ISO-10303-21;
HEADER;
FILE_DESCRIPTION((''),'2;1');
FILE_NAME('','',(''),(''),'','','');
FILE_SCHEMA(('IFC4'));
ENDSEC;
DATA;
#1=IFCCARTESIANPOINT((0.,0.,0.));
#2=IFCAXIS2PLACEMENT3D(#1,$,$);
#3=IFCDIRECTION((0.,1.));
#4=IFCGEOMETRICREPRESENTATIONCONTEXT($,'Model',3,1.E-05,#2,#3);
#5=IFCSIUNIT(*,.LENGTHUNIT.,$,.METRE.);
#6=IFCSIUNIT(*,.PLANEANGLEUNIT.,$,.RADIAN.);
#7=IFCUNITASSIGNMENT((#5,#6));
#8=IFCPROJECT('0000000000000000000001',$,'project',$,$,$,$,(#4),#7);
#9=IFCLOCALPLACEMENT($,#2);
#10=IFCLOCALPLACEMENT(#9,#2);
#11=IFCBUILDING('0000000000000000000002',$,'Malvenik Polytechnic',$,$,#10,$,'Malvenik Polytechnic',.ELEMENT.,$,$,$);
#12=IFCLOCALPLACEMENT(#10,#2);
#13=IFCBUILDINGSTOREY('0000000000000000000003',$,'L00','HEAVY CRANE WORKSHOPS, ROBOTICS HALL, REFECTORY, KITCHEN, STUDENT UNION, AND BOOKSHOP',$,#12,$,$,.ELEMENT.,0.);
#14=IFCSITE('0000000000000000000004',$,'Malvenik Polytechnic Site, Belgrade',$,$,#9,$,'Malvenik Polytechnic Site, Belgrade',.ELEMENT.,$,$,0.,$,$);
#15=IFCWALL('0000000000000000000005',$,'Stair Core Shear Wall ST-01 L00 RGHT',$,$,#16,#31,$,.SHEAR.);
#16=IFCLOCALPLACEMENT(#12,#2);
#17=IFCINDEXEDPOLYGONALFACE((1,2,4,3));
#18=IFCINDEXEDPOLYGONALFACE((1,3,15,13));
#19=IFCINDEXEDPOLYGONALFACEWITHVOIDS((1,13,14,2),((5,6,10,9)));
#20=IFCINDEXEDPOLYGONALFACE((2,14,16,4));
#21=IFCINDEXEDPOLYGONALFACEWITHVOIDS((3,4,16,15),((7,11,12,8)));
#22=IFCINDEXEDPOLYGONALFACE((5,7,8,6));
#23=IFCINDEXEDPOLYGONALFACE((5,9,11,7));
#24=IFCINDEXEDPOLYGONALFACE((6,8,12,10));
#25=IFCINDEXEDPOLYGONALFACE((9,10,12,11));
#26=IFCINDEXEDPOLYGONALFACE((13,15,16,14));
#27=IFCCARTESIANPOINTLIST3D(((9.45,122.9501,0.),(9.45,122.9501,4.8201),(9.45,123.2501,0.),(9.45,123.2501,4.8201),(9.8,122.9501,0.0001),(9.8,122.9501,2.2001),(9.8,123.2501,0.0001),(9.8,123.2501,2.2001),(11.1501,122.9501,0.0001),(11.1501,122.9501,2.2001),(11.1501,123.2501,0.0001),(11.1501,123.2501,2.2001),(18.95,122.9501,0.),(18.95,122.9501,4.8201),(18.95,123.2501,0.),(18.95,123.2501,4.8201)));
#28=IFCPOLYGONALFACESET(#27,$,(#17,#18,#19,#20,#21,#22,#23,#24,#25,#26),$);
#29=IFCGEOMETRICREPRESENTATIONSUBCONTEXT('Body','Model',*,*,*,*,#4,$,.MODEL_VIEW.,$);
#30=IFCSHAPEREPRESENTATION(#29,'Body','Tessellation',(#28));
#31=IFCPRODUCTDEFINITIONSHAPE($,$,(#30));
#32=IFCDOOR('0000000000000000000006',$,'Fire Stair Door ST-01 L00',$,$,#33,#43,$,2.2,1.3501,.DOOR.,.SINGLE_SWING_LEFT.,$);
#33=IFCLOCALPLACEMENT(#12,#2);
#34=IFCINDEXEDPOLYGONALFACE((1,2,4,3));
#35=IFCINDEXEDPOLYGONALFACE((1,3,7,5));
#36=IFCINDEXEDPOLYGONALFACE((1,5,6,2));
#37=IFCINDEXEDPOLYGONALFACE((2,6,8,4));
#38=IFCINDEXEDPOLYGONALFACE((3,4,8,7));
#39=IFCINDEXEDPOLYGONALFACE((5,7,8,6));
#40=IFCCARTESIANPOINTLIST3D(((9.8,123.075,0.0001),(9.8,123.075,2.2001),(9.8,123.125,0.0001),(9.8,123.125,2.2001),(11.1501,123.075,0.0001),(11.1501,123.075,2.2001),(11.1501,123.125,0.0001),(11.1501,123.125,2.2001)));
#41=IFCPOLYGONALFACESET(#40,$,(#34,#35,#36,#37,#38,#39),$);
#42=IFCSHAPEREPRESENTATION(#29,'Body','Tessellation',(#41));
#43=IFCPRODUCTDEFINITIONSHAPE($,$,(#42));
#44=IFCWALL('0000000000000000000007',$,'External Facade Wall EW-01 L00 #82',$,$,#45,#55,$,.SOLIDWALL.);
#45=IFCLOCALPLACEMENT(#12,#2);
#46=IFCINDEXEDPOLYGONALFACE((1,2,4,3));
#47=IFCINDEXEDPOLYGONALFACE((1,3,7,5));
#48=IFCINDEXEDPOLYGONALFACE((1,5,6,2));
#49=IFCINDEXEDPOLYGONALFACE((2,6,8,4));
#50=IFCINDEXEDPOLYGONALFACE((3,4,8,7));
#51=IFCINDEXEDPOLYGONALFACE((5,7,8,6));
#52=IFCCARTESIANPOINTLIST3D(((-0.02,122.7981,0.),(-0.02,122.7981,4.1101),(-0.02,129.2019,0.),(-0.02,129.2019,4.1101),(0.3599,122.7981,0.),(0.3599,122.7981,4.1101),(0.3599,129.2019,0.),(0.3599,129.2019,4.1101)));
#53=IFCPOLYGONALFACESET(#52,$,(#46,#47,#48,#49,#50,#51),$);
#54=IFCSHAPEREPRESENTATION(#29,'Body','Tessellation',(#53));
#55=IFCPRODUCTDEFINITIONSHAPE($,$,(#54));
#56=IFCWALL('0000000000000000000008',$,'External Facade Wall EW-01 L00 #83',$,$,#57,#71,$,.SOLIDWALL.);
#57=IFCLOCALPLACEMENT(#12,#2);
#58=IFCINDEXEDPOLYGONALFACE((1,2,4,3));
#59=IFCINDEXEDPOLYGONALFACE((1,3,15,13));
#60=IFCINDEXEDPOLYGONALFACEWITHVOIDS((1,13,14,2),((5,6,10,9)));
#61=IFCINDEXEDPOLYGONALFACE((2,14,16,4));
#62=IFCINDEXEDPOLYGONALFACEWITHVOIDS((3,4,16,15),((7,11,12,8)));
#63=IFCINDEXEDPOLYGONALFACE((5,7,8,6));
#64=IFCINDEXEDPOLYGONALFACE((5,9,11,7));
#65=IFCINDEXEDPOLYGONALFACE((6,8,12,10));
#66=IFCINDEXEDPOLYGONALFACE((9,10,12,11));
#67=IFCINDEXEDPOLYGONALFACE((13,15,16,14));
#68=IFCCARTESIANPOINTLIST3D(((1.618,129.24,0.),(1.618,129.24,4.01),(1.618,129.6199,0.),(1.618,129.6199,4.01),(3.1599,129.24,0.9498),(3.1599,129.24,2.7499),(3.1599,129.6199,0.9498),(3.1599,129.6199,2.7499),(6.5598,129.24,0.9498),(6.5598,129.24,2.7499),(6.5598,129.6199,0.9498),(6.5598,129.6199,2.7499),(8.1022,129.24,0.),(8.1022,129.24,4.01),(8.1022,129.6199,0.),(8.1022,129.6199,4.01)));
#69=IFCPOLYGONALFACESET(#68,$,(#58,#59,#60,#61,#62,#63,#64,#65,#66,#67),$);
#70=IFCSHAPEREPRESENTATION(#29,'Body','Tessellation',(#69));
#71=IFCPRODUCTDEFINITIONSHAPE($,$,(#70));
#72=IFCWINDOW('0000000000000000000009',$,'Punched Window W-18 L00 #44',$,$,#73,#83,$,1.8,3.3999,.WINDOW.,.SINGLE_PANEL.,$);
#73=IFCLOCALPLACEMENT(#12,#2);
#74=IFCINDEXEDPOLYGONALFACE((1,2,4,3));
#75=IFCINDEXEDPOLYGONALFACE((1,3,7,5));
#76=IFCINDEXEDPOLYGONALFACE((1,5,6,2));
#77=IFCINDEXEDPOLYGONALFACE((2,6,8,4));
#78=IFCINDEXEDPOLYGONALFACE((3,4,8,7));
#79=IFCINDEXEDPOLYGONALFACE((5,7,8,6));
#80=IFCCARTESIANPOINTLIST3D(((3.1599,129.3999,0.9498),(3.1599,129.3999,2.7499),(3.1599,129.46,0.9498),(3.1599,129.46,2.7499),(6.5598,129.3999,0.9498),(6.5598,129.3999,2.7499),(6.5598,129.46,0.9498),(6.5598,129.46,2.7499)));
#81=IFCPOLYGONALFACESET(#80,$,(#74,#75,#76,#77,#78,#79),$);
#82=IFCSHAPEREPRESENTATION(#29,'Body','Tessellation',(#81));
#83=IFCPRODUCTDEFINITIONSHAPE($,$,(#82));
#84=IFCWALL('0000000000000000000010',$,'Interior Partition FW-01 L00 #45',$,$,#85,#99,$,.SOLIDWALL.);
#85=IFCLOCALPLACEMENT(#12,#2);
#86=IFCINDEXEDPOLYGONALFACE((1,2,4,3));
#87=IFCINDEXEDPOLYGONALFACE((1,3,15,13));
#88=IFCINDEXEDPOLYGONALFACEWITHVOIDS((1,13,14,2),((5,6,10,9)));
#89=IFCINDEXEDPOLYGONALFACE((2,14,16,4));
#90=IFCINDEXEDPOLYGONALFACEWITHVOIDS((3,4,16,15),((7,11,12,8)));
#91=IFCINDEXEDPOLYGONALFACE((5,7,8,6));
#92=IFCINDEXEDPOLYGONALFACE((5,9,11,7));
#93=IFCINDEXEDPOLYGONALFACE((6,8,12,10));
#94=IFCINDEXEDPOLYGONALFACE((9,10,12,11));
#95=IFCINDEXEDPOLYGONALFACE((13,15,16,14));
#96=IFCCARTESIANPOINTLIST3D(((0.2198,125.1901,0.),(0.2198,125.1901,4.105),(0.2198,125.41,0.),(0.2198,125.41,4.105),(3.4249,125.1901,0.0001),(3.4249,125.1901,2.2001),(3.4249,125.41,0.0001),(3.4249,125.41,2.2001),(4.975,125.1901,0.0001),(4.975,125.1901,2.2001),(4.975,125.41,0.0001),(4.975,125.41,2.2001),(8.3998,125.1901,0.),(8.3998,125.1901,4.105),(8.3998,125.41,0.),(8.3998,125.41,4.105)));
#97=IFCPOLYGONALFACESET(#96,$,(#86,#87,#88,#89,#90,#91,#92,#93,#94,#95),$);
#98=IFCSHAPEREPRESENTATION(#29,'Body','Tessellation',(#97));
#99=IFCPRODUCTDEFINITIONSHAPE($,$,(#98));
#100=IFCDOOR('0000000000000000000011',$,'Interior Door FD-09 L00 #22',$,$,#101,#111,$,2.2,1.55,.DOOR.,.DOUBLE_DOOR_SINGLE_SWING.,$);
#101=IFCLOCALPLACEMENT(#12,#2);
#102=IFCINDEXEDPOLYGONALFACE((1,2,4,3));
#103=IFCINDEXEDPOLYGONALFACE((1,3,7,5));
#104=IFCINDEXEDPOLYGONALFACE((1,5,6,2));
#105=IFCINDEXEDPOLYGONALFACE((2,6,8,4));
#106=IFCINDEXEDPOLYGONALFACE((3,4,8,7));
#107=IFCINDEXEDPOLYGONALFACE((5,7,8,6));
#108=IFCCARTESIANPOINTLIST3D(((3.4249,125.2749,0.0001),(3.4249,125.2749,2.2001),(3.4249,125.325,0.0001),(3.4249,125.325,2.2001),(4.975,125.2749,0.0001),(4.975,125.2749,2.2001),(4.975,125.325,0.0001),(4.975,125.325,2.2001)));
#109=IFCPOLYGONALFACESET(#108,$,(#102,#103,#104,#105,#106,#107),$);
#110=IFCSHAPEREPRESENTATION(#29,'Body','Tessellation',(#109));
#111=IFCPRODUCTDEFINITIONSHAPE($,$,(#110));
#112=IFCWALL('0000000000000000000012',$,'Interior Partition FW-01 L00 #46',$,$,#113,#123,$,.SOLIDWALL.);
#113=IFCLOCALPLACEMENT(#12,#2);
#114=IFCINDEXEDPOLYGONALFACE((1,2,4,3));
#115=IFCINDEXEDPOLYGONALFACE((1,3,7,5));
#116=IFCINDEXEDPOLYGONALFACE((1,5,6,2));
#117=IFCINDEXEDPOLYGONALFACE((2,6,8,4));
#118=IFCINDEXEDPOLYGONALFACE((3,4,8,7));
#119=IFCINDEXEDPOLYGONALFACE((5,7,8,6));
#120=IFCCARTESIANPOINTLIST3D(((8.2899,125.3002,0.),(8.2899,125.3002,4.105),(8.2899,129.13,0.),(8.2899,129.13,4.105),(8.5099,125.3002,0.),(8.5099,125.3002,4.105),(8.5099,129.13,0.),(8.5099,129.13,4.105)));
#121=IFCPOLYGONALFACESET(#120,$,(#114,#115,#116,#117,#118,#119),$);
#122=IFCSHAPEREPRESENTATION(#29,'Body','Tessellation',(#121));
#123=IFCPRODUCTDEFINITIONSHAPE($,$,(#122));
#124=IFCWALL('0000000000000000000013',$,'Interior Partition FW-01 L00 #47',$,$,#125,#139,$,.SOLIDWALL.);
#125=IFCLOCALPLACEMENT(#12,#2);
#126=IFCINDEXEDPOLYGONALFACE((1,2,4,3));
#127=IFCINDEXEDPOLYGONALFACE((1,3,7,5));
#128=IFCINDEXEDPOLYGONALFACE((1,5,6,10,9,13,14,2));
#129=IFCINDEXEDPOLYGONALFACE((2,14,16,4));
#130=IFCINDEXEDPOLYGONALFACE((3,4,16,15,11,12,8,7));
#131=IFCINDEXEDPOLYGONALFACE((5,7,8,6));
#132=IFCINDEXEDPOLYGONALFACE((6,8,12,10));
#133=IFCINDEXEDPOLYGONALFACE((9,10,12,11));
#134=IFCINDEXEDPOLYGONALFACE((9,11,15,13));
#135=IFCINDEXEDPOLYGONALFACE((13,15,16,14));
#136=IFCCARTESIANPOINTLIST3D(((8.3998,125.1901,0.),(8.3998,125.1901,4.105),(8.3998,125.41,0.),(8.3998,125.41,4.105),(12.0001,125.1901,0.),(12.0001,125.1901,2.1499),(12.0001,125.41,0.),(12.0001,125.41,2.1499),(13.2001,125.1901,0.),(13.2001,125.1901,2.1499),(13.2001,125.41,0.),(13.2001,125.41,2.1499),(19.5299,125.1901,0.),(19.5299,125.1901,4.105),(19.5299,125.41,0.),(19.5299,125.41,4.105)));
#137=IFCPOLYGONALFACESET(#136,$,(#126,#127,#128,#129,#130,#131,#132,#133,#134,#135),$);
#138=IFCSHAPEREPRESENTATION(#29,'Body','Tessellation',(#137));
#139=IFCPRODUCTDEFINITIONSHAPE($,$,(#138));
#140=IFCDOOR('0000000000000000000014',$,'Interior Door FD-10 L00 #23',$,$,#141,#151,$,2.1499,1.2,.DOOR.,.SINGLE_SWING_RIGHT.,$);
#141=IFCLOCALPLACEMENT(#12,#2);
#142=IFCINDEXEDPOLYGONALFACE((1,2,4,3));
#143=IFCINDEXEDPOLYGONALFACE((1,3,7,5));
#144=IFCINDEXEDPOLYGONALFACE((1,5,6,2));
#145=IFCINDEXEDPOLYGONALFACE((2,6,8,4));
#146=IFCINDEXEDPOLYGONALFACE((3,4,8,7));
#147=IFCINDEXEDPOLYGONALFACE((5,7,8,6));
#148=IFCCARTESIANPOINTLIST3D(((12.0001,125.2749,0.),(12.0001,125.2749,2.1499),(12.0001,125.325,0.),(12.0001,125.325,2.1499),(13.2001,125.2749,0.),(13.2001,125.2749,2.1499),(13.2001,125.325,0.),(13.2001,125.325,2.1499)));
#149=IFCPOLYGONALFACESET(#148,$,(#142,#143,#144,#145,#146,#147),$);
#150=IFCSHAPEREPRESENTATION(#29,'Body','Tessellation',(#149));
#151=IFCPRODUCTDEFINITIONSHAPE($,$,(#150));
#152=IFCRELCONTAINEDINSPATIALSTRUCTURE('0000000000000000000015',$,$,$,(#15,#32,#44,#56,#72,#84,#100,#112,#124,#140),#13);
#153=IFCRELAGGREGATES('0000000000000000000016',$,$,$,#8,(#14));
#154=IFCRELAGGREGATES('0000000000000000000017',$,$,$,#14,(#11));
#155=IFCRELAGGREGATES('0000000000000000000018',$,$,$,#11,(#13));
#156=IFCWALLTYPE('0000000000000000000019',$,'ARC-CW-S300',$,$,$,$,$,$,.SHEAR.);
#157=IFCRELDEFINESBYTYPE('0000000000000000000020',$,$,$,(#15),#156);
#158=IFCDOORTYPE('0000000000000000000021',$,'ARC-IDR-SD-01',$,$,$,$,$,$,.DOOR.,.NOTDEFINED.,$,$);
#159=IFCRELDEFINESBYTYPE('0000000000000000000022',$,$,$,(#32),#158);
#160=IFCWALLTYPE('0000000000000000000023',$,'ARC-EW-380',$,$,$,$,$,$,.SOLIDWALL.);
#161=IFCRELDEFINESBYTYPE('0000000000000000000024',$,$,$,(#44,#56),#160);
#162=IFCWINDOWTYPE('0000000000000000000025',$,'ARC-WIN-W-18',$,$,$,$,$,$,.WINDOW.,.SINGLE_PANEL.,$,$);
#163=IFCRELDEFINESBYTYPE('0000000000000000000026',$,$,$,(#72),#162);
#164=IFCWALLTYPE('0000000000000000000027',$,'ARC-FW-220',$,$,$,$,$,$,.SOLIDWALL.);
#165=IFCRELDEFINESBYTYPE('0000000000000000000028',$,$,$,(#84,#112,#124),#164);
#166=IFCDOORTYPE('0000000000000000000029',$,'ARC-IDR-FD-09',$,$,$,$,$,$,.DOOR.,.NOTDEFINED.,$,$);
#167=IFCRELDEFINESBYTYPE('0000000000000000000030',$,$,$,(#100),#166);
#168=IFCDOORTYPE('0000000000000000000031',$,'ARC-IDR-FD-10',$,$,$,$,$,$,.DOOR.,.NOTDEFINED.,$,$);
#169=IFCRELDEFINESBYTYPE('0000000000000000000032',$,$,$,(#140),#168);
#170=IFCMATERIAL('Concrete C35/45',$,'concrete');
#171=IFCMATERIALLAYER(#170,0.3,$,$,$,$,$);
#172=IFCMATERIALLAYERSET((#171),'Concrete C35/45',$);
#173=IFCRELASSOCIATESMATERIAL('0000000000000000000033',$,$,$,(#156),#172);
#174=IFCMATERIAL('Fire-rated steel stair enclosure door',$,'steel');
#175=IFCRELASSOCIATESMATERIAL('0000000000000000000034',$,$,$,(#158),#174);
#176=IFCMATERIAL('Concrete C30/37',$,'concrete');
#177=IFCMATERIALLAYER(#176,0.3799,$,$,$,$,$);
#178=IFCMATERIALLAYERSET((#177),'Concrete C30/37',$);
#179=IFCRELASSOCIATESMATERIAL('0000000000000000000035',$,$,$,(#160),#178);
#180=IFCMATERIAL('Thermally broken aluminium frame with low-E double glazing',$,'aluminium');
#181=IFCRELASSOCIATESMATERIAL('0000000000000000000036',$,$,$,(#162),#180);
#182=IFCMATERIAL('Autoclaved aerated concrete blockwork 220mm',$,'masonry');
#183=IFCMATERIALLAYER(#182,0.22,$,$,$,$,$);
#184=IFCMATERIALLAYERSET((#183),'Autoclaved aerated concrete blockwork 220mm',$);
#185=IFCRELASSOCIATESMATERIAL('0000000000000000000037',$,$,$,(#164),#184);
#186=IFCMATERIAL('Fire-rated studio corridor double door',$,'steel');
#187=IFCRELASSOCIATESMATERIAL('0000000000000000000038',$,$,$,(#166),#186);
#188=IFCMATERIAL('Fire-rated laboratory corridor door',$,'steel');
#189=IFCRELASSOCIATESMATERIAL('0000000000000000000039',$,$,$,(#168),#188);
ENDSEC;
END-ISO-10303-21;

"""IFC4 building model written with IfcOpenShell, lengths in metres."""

from ifc_helpers import new_model, si_unit, direction, frame, frame_2d, origin, place, context, subcontext, project, spatial, rectangle, extrude, material, layer, layer_set, type_object, element, fill, save


model = new_model("IFC4")

# Units and contexts
model_context = context("Model", 3, precision=1e-05, world=origin(), true_north=direction((0.0, 1.0)))
body_context = subcontext(model_context, "Body", "Model", "MODEL_VIEW")
ifc_project = project(units=[si_unit("LENGTHUNIT", "METRE"), si_unit("PLANEANGLEUNIT", "RADIAN")], contexts=[model_context])

# Site, building, storey
site_placement = place(None, origin())
site = spatial("IfcSite", under=ifc_project, at=site_placement, Name="Malvenik Polytechnic Site, Belgrade", LongName="Malvenik Polytechnic Site, Belgrade", CompositionType="ELEMENT", RefElevation=0.0)
building_placement = place(site_placement, origin())
building = spatial("IfcBuilding", under=site, at=building_placement, Name="Malvenik Polytechnic", LongName="Malvenik Polytechnic", CompositionType="ELEMENT")
storey_placement = place(building_placement, origin())
storey = spatial("IfcBuildingStorey", under=building, at=storey_placement, Name="L00", Description="HEAVY CRANE WORKSHOPS, ROBOTICS HALL, REFECTORY, KITCHEN, STUDENT UNION, AND BOOKSHOP", CompositionType="ELEMENT", Elevation=0.0)

# Shared definitions
ifc_material_1 = material(Name="Concrete C35/45", Category="concrete")
ifc_material_2 = material(Name="Concrete C30/37", Category="concrete")

# Wall, opening, door
ifc_layer_1 = layer(ifc_material_1, 0.3)
ifc_layer_set_1 = layer_set([ifc_layer_1], Name="Concrete C35/45")
wall_type_1 = type_object("IfcWallType", Name="ARC-CW-S300", PredefinedType="SHEAR", material=ifc_layer_set_1)
wall_1_placement = place(storey_placement, frame((9.45, 123.1001, 0.0), z_axis=(0.0, 0.0, 1.0), x_axis=(1.0, 0.0, 0.0)))
wall_1 = element("IfcWall", 1, at=wall_1_placement, inside=storey, type_object=wall_type_1, Name="Stair Core Shear Wall ST-01 L00 RGHT", PredefinedType="SHEAR", context=body_context, shape_type="SweptSolid", body=[
    extrude(rectangle(XDim=9.5, YDim=0.3, at=frame_2d((4.75, 0.0))), origin(), (0.0, 0.0, 1.0), 4.8201),
])
opening_1_placement = place(wall_1_placement, frame((0.3501, 0.0, 0.0)))
opening_1 = element("IfcOpeningElement", 2, at=opening_1_placement, cuts=wall_1, PredefinedType="OPENING", context=body_context, shape_type="SweptSolid", body=[
    extrude(rectangle(XDim=1.3501, YDim=2.2, at=frame_2d((0.675, 1.1001))), frame((0.0, 0.1602, 0.0), z_axis=(0.0, -1.0, 0.0), x_axis=(1.0, 0.0, 0.0)), (0.0, 0.0, 1.0), 0.3201),
])
ifc_material_3 = material(Name="Fire-rated steel stair enclosure door", Category="steel")
door_type_1 = type_object("IfcDoorType", Name="ARC-IDR-SD-01", OperationType="NOTDEFINED", PredefinedType="DOOR", material=ifc_material_3)
door_1_placement = place(opening_1_placement, origin())
door_1 = element("IfcDoor", 3, at=door_1_placement, inside=storey, type_object=door_type_1, Name="Fire Stair Door ST-01 L00", OperationType="SINGLE_SWING_LEFT", OverallHeight=2.2, OverallWidth=1.3501, PredefinedType="DOOR", context=body_context, shape_type="SweptSolid", body=[
    extrude(rectangle(XDim=1.3501, YDim=2.2, at=frame_2d((0.675, 1.1001))), frame((0.0, 0.0249, 0.0), z_axis=(0.0, -1.0, 0.0), x_axis=(1.0, 0.0, 0.0)), (0.0, 0.0, 1.0), 0.05),
])
fill(opening_1, door_1)

# Wall
ifc_layer_2 = layer(ifc_material_2, 0.3799)
ifc_layer_set_2 = layer_set([ifc_layer_2], Name="Concrete C30/37")
wall_type_2 = type_object("IfcWallType", Name="ARC-EW-380", PredefinedType="SOLIDWALL", material=ifc_layer_set_2)
wall_2_placement = place(storey_placement, frame((0.1699, 122.7981, 0.0), z_axis=(0.0, 0.0, 1.0), x_axis=(0.0, 1.0, 0.0)))
element("IfcWall", 4, at=wall_2_placement, inside=storey, type_object=wall_type_2, Name="External Facade Wall EW-01 L00 #82", PredefinedType="SOLIDWALL", context=body_context, shape_type="SweptSolid", body=[
    extrude(rectangle(XDim=6.4038, YDim=0.3799, at=frame_2d((3.2019, 0.0))), origin(), (0.0, 0.0, 1.0), 4.1101),
])

# Wall, opening, window
wall_3_placement = place(storey_placement, frame((1.6179, 129.4299, 0.0), z_axis=(0.0, 0.0, 1.0), x_axis=(1.0, 0.0, 0.0)))
wall_3 = element("IfcWall", 5, at=wall_3_placement, inside=storey, type_object=wall_type_2, Name="External Facade Wall EW-01 L00 #83", PredefinedType="SOLIDWALL", context=body_context, shape_type="SweptSolid", body=[
    extrude(rectangle(XDim=6.4841, YDim=0.3799, at=frame_2d((3.2422, 0.0))), origin(), (0.0, 0.0, 1.0), 4.01),
])
opening_2_placement = place(wall_3_placement, frame((1.542, 0.0, 0.95)))
opening_2 = element("IfcOpeningElement", 6, at=opening_2_placement, cuts=wall_3, PredefinedType="OPENING", context=body_context, shape_type="SweptSolid", body=[
    extrude(rectangle(XDim=3.3999, YDim=1.8, at=frame_2d((1.7, 0.8999))), frame((0.0, 0.2, 0.0), z_axis=(0.0, -1.0, 0.0), x_axis=(1.0, 0.0, 0.0)), (0.0, 0.0, 1.0), 0.3999),
])
ifc_material_4 = material(Name="Thermally broken aluminium frame with low-E double glazing", Category="aluminium")
window_type = type_object("IfcWindowType", Name="ARC-WIN-W-18", PartitioningType="SINGLE_PANEL", PredefinedType="WINDOW", material=ifc_material_4)
window_placement = place(opening_2_placement, origin())
window = element("IfcWindow", 7, at=window_placement, inside=storey, type_object=window_type, Name="Punched Window W-18 L00 #44", OverallHeight=1.8, OverallWidth=3.3999, PartitioningType="SINGLE_PANEL", PredefinedType="WINDOW", context=body_context, shape_type="SweptSolid", body=[
    extrude(rectangle(XDim=3.3999, YDim=1.8, at=frame_2d((1.7, 0.8999))), frame((0.0, 0.03, 0.0), z_axis=(0.0, -1.0, 0.0), x_axis=(1.0, 0.0, 0.0)), (0.0, 0.0, 1.0), 0.0601),
])
fill(opening_2, window)

# Wall, opening, door
ifc_material_5 = material(Name="Autoclaved aerated concrete blockwork 220mm", Category="masonry")
ifc_layer_3 = layer(ifc_material_5, 0.22)
ifc_layer_set_3 = layer_set([ifc_layer_3], Name="Autoclaved aerated concrete blockwork 220mm")
wall_type_3 = type_object("IfcWallType", Name="ARC-FW-220", PredefinedType="SOLIDWALL", material=ifc_layer_set_3)
wall_4_placement = place(storey_placement, frame((0.22, 125.3, 0.0), z_axis=(0.0, 0.0, 1.0), x_axis=(1.0, 0.0, 0.0)))
wall_4 = element("IfcWall", 8, at=wall_4_placement, inside=storey, type_object=wall_type_3, Name="Interior Partition FW-01 L00 #45", PredefinedType="SOLIDWALL", context=body_context, shape_type="SweptSolid", body=[
    extrude(rectangle(XDim=8.1799, YDim=0.22, at=frame_2d((4.0898, 0.0))), origin(), (0.0, 0.0, 1.0), 4.105),
])
opening_3_placement = place(wall_4_placement, frame((3.2051, 0.0, 0.0)))
opening_3 = element("IfcOpeningElement", 9, at=opening_3_placement, cuts=wall_4, PredefinedType="OPENING", context=body_context, shape_type="SweptSolid", body=[
    extrude(rectangle(XDim=1.55, YDim=2.2, at=frame_2d((0.7749, 1.1001))), frame((0.0, 0.1201, 0.0), z_axis=(0.0, -1.0, 0.0), x_axis=(1.0, 0.0, 0.0)), (0.0, 0.0, 1.0), 0.24),
])
ifc_material_6 = material(Name="Fire-rated studio corridor double door", Category="steel")
door_type_2 = type_object("IfcDoorType", Name="ARC-IDR-FD-09", OperationType="NOTDEFINED", PredefinedType="DOOR", material=ifc_material_6)
door_2_placement = place(opening_3_placement, origin())
door_2 = element("IfcDoor", 10, at=door_2_placement, inside=storey, type_object=door_type_2, Name="Interior Door FD-09 L00 #22", OperationType="DOUBLE_DOOR_SINGLE_SWING", OverallHeight=2.2, OverallWidth=1.55, PredefinedType="DOOR", context=body_context, shape_type="SweptSolid", body=[
    extrude(rectangle(XDim=1.55, YDim=2.2, at=frame_2d((0.7749, 1.1001))), frame((0.0, 0.0249, 0.0), z_axis=(0.0, -1.0, 0.0), x_axis=(1.0, 0.0, 0.0)), (0.0, 0.0, 1.0), 0.05),
])
fill(opening_3, door_2)

# Wall
wall_5_placement = place(storey_placement, frame((8.3999, 125.3, 0.0), z_axis=(0.0, 0.0, 1.0), x_axis=(0.0, 1.0, 0.0)))
element("IfcWall", 11, at=wall_5_placement, inside=storey, type_object=wall_type_3, Name="Interior Partition FW-01 L00 #46", PredefinedType="SOLIDWALL", context=body_context, shape_type="SweptSolid", body=[
    extrude(rectangle(XDim=3.8298, YDim=0.22, at=frame_2d((1.915, 0.0))), origin(), (0.0, 0.0, 1.0), 4.105),
])

# Wall, opening, door
wall_6_placement = place(storey_placement, frame((8.3999, 125.3, 0.0), z_axis=(0.0, 0.0, 1.0), x_axis=(1.0, 0.0, 0.0)))
wall_6 = element("IfcWall", 12, at=wall_6_placement, inside=storey, type_object=wall_type_3, Name="Interior Partition FW-01 L00 #47", PredefinedType="SOLIDWALL", context=body_context, shape_type="SweptSolid", body=[
    extrude(rectangle(XDim=11.1301, YDim=0.22, at=frame_2d((5.5649, 0.0))), origin(), (0.0, 0.0, 1.0), 4.105),
])
opening_4_placement = place(wall_6_placement, frame((3.6001, 0.0, 0.0)))
opening_4 = element("IfcOpeningElement", 13, at=opening_4_placement, cuts=wall_6, PredefinedType="OPENING", context=body_context, shape_type="SweptSolid", body=[
    extrude(rectangle(XDim=1.2, YDim=2.1499, at=frame_2d((0.6001, 1.075))), frame((0.0, 0.1201, 0.0), z_axis=(0.0, -1.0, 0.0), x_axis=(1.0, 0.0, 0.0)), (0.0, 0.0, 1.0), 0.24),
])
ifc_material_7 = material(Name="Fire-rated laboratory corridor door", Category="steel")
door_type_3 = type_object("IfcDoorType", Name="ARC-IDR-FD-10", OperationType="NOTDEFINED", PredefinedType="DOOR", material=ifc_material_7)
door_3_placement = place(opening_4_placement, origin())
door_3 = element("IfcDoor", 14, at=door_3_placement, inside=storey, type_object=door_type_3, Name="Interior Door FD-10 L00 #23", OperationType="SINGLE_SWING_RIGHT", OverallHeight=2.1499, OverallWidth=1.2, PredefinedType="DOOR", context=body_context, shape_type="SweptSolid", body=[
    extrude(rectangle(XDim=1.2, YDim=2.1499, at=frame_2d((0.6001, 1.075))), frame((0.0, 0.0249, 0.0), z_axis=(0.0, -1.0, 0.0), x_axis=(1.0, 0.0, 0.0)), (0.0, 0.0, 1.0), 0.05),
])
fill(opening_4, door_3)

save(model, "model.ifc")
